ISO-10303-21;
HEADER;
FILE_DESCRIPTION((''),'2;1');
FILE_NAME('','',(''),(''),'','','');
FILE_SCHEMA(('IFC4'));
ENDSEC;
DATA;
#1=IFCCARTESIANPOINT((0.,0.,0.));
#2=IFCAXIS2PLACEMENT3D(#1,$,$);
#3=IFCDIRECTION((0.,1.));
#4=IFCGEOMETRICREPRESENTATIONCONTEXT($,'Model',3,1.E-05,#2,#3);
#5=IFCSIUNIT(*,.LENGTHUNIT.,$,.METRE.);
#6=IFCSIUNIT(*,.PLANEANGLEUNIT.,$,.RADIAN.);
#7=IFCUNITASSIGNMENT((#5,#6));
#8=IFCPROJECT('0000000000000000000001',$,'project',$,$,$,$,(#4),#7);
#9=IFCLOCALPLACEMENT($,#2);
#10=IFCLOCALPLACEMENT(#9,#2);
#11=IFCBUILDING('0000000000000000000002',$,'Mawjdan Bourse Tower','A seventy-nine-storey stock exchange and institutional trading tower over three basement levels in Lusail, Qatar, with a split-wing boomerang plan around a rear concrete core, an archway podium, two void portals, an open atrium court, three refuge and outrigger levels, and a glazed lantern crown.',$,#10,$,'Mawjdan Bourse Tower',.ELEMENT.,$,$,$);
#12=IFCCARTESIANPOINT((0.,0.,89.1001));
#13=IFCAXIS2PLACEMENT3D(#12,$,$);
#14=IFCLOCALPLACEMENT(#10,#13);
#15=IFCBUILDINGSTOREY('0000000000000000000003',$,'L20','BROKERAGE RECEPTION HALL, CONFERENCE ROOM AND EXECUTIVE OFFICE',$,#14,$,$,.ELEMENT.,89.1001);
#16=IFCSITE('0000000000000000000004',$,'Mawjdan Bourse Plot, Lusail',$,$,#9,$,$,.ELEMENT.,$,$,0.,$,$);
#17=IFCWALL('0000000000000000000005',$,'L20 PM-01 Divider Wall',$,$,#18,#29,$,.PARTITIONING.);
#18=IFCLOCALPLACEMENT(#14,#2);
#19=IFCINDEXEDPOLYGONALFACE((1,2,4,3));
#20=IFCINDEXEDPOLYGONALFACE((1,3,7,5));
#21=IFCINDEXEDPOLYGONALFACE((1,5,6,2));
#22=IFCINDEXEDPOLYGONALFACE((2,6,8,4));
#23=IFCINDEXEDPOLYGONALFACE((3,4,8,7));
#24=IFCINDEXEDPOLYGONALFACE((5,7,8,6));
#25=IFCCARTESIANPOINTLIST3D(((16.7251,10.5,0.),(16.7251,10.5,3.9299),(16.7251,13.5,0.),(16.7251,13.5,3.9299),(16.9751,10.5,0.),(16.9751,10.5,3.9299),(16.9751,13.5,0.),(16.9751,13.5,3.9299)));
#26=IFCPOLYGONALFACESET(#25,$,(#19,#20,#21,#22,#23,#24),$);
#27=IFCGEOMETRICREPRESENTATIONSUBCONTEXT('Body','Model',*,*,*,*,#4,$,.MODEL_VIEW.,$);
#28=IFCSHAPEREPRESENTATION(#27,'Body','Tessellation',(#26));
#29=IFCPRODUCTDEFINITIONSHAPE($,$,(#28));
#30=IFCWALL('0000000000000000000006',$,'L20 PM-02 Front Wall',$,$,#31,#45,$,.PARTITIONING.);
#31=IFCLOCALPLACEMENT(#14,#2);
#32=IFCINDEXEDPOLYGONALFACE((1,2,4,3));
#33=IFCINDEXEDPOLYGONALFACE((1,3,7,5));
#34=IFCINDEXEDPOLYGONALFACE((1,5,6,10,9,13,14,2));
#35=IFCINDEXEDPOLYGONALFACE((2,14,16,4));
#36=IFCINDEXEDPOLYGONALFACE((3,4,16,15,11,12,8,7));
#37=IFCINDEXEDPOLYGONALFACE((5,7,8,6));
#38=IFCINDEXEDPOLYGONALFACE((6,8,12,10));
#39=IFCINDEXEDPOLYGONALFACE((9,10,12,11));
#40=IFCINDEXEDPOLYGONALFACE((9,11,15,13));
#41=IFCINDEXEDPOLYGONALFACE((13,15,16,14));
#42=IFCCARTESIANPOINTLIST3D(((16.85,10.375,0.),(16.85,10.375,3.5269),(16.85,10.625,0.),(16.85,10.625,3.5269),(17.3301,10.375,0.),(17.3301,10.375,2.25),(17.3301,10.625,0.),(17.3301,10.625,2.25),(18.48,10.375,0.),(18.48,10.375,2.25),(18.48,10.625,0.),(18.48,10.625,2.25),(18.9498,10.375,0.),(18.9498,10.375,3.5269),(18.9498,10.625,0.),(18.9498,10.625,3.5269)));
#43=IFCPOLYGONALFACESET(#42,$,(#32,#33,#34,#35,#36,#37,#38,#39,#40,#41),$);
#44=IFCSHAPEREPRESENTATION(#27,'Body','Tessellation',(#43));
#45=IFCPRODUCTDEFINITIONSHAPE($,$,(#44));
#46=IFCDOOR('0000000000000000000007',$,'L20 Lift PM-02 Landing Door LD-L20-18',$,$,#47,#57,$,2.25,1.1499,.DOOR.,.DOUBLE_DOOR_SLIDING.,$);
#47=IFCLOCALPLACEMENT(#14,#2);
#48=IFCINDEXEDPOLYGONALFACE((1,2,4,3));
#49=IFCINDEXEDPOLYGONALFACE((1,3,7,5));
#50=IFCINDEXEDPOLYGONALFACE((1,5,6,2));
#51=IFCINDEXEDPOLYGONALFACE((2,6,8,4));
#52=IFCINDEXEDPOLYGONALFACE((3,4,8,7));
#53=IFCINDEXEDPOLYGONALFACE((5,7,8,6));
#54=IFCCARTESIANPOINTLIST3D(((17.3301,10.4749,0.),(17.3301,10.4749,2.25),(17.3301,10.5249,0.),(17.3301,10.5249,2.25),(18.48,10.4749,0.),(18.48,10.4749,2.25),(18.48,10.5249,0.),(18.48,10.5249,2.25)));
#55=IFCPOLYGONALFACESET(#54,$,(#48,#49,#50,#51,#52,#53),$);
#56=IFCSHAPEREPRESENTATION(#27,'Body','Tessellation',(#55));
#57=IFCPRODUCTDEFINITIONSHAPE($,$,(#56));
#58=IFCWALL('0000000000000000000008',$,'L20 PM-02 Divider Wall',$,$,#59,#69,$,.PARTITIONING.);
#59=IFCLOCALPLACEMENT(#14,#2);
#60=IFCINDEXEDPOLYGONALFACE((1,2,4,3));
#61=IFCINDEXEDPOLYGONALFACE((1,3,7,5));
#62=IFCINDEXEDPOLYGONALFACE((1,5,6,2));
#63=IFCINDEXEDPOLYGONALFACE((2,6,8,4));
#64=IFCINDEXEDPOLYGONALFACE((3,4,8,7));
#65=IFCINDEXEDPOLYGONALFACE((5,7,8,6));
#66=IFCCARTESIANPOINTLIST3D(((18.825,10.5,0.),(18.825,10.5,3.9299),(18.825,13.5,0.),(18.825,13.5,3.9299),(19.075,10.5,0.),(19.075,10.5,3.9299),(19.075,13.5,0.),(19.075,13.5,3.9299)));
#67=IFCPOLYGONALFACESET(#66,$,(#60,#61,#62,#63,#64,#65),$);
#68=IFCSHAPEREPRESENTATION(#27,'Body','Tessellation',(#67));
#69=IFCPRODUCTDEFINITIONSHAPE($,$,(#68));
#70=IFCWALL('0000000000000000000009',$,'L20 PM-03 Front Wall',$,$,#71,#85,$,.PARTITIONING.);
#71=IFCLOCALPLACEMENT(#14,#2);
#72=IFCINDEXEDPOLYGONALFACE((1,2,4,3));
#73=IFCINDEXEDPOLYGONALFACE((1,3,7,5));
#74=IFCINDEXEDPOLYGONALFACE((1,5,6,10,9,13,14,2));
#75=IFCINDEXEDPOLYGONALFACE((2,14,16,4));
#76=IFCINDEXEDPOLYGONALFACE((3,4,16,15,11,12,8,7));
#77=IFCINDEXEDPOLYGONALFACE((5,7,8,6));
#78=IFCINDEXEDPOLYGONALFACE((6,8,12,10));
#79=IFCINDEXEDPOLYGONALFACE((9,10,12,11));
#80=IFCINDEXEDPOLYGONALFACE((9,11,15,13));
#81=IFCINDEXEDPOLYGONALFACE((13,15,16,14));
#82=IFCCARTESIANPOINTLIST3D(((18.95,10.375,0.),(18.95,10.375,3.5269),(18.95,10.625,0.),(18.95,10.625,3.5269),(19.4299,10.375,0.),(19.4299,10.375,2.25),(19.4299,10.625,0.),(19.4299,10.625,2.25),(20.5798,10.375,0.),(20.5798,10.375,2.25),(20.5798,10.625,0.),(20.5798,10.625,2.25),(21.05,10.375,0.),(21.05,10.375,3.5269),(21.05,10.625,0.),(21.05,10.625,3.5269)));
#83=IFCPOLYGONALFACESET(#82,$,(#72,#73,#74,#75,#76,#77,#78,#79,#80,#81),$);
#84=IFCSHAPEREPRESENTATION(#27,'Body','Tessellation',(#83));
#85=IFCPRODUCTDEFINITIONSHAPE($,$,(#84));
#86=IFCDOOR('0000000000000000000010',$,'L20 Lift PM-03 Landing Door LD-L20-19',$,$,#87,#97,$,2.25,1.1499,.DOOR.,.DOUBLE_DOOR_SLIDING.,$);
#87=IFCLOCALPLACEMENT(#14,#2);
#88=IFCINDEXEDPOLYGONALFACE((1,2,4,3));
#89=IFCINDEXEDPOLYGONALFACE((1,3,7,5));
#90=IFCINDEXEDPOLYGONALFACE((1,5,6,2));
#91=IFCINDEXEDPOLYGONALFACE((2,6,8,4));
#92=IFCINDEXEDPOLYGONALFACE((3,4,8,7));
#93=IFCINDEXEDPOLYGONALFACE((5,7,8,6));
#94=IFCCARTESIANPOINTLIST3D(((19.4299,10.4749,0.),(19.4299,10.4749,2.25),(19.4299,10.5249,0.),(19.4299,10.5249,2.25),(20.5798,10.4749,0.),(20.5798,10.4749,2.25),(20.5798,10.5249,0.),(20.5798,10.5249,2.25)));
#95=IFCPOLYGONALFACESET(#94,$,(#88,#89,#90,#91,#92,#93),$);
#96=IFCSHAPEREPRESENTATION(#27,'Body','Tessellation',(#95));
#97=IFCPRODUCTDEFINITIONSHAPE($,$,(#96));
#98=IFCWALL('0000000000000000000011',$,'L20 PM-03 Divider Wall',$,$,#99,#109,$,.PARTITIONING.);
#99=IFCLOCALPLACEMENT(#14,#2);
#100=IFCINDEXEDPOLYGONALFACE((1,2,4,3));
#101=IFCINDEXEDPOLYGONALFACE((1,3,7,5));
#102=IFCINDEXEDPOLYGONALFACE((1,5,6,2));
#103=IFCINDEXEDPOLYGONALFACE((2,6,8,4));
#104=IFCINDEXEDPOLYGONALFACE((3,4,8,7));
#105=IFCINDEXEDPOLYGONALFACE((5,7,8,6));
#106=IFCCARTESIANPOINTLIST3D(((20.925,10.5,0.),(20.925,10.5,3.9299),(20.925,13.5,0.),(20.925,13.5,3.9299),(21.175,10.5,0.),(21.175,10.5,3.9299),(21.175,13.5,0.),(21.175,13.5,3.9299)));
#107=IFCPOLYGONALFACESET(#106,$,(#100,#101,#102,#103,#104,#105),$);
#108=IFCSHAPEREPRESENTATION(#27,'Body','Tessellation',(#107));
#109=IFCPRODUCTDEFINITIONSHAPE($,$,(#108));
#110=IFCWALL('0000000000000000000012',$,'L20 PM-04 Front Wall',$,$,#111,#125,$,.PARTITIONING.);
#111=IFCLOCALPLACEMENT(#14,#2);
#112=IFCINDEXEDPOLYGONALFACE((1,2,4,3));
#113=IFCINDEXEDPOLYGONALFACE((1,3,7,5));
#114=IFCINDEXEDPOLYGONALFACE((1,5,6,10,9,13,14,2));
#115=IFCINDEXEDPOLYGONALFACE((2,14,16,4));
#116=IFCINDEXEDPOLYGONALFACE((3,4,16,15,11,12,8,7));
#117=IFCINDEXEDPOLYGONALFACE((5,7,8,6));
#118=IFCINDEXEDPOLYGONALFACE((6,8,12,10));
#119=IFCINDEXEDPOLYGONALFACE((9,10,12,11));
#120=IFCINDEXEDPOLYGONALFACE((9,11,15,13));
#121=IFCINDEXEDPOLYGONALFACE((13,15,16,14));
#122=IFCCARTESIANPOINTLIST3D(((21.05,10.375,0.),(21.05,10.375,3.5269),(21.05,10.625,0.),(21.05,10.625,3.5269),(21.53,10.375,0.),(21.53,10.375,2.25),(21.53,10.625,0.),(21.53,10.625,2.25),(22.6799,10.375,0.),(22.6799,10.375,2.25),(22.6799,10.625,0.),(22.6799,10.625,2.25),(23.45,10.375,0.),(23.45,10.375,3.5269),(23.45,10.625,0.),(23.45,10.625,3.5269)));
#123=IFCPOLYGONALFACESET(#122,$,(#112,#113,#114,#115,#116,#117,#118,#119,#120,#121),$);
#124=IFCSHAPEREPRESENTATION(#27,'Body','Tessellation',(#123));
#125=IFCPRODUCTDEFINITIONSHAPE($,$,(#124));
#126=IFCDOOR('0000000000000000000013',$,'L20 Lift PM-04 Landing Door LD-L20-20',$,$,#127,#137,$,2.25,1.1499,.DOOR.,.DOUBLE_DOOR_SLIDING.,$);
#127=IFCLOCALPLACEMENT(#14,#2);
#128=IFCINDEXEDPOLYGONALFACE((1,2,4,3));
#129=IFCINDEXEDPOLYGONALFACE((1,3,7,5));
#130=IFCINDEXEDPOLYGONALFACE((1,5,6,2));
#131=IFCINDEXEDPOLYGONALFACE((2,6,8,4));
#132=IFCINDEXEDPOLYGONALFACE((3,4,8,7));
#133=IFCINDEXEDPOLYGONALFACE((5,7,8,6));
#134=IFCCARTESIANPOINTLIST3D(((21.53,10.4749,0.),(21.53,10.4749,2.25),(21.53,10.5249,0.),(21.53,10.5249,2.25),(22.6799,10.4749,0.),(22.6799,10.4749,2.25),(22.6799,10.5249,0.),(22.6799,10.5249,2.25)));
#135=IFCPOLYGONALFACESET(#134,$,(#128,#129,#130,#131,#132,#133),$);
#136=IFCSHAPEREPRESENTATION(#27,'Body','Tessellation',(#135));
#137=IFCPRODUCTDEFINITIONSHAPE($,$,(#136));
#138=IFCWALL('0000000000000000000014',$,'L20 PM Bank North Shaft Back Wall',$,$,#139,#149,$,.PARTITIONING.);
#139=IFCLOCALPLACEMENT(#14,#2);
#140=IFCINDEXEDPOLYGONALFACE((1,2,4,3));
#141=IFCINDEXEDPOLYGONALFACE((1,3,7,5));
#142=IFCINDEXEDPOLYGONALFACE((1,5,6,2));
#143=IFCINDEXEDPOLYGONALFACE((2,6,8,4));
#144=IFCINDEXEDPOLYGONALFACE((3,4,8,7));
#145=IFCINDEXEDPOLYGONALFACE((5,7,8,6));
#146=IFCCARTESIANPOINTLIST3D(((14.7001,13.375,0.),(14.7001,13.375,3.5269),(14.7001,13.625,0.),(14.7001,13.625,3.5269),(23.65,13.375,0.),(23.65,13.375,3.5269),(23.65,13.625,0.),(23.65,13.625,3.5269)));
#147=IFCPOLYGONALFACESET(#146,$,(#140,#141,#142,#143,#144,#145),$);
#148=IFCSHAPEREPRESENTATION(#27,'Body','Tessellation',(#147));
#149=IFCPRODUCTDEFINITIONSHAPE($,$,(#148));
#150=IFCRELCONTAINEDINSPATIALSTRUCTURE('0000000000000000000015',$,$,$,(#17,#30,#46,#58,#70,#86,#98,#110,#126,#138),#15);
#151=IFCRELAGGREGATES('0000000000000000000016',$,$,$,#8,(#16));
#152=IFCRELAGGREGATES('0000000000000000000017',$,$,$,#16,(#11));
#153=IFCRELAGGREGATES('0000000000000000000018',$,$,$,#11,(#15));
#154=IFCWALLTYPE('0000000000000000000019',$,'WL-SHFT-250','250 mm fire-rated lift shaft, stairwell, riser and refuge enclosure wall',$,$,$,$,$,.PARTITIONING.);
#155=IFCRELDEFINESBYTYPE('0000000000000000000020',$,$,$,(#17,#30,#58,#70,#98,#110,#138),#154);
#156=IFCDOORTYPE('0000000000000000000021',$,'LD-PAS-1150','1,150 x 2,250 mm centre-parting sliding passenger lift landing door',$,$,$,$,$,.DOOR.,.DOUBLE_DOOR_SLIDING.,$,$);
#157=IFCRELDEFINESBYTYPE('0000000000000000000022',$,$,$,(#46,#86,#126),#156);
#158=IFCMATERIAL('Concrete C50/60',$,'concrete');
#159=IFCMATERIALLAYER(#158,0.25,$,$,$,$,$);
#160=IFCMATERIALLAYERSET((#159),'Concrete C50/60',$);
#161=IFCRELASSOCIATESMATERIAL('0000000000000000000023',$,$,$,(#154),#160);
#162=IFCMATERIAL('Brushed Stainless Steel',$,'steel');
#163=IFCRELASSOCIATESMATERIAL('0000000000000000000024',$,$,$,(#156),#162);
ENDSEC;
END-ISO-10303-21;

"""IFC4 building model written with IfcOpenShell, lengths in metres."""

from ifc_helpers import new_model, si_unit, direction, frame, frame_2d, origin, place, context, subcontext, project, spatial, rectangle, extrude, material, layer, layer_set, type_object, element, fill, save


model = new_model("IFC4")

# Units and contexts
model_context = context("Model", 3, precision=1e-05, world=origin(), true_north=direction((0.0, 1.0)))
body_context = subcontext(model_context, "Body", "Model", "MODEL_VIEW")
ifc_project = project(units=[si_unit("LENGTHUNIT", "METRE"), si_unit("PLANEANGLEUNIT", "RADIAN")], contexts=[model_context])

# Site, building, storey
site_placement = place(None, origin())
site = spatial("IfcSite", under=ifc_project, at=site_placement, Name="Mawjdan Bourse Plot, Lusail", CompositionType="ELEMENT", RefElevation=0.0)
building_placement = place(site_placement, origin())
building = spatial("IfcBuilding", under=site, at=building_placement, Name="Mawjdan Bourse Tower", Description="A seventy-nine-storey stock exchange and institutional trading tower over three basement levels in Lusail, Qatar, with a split-wing boomerang plan around a rear concrete core, an archway podium, two void portals, an open atrium court, three refuge and outrigger levels, and a glazed lantern crown.", LongName="Mawjdan Bourse Tower", CompositionType="ELEMENT")
storey_placement = place(building_placement, frame((0.0, 0.0, 89.1001)))
storey = spatial("IfcBuildingStorey", under=building, at=storey_placement, Name="L20", Description="BROKERAGE RECEPTION HALL, CONFERENCE ROOM AND EXECUTIVE OFFICE", CompositionType="ELEMENT", Elevation=89.1001)

# Shared definitions
ifc_material_1 = material(Name="Concrete C50/60", Category="concrete")
ifc_layer_1 = layer(ifc_material_1, 0.25)
ifc_layer_set_1 = layer_set([ifc_layer_1], Name="Concrete C50/60")
wall_type_1 = type_object("IfcWallType", Name="WL-SHFT-250", Description="250 mm fire-rated lift shaft, stairwell, riser and refuge enclosure wall", PredefinedType="PARTITIONING", material=ifc_layer_set_1)

# Shared definitions
ifc_material_2 = material(Name="Brushed Stainless Steel", Category="steel")
door_type_1 = type_object("IfcDoorType", Name="LD-PAS-1150", Description="1,150 x 2,250 mm centre-parting sliding passenger lift landing door", OperationType="DOUBLE_DOOR_SLIDING", PredefinedType="DOOR", material=ifc_material_2)

# Wall
wall_1_placement = place(storey_placement, frame((16.8501, 10.5, 0.0), z_axis=(0.0, 0.0, 1.0), x_axis=(0.0, 1.0, 0.0)))
element("IfcWall", 1, at=wall_1_placement, inside=storey, type_object=wall_type_1, Name="L20 PM-01 Divider Wall", PredefinedType="PARTITIONING", context=body_context, shape_type="SweptSolid", body=[
    extrude(rectangle(XDim=3.0, YDim=0.25, at=frame_2d((1.5, 0.0))), origin(), (0.0, 0.0, 1.0), 3.9299),
])

# Wall, opening, door
wall_2_placement = place(storey_placement, frame((16.8501, 10.5, 0.0), z_axis=(0.0, 0.0, 1.0), x_axis=(1.0, 0.0, 0.0)))
wall_2 = element("IfcWall", 2, at=wall_2_placement, inside=storey, type_object=wall_type_1, Name="L20 PM-02 Front Wall", PredefinedType="PARTITIONING", context=body_context, shape_type="SweptSolid", body=[
    extrude(rectangle(XDim=2.0999, YDim=0.25, at=frame_2d((1.0498, 0.0))), origin(), (0.0, 0.0, 1.0), 3.5269),
])
opening_1_placement = place(wall_2_placement, frame((0.48, 0.0, 0.0)))
opening_1 = element("IfcOpeningElement", 3, at=opening_1_placement, cuts=wall_2, PredefinedType="OPENING", context=body_context, shape_type="SweptSolid", body=[
    extrude(rectangle(XDim=1.1499, YDim=2.25, at=frame_2d((0.575, 1.125))), frame((0.0, 0.135, 0.0), z_axis=(0.0, -1.0, 0.0), x_axis=(1.0, 0.0, 0.0)), (0.0, 0.0, 1.0), 0.27),
])
door_1_placement = place(opening_1_placement, origin())
door_1 = element("IfcDoor", 4, at=door_1_placement, inside=storey, type_object=door_type_1, Name="L20 Lift PM-02 Landing Door LD-L20-18", OperationType="DOUBLE_DOOR_SLIDING", OverallHeight=2.25, OverallWidth=1.1499, PredefinedType="DOOR", context=body_context, shape_type="SweptSolid", body=[
    extrude(rectangle(XDim=1.1499, YDim=2.25, at=frame_2d((0.575, 1.125))), frame((0.0, 0.0249, 0.0), z_axis=(0.0, -1.0, 0.0), x_axis=(1.0, 0.0, 0.0)), (0.0, 0.0, 1.0), 0.05),
])
fill(opening_1, door_1)

# Wall
wall_3_placement = place(storey_placement, frame((18.95, 10.5, 0.0), z_axis=(0.0, 0.0, 1.0), x_axis=(0.0, 1.0, 0.0)))
element("IfcWall", 5, at=wall_3_placement, inside=storey, type_object=wall_type_1, Name="L20 PM-02 Divider Wall", PredefinedType="PARTITIONING", context=body_context, shape_type="SweptSolid", body=[
    extrude(rectangle(XDim=3.0, YDim=0.25, at=frame_2d((1.5, 0.0))), origin(), (0.0, 0.0, 1.0), 3.9299),
])

# Wall, opening, door
wall_4_placement = place(storey_placement, frame((18.95, 10.5, 0.0), z_axis=(0.0, 0.0, 1.0), x_axis=(1.0, 0.0, 0.0)))
wall_4 = element("IfcWall", 6, at=wall_4_placement, inside=storey, type_object=wall_type_1, Name="L20 PM-03 Front Wall", PredefinedType="PARTITIONING", context=body_context, shape_type="SweptSolid", body=[
    extrude(rectangle(XDim=2.1001, YDim=0.25, at=frame_2d((1.05, 0.0))), origin(), (0.0, 0.0, 1.0), 3.5269),
])
opening_2_placement = place(wall_4_placement, frame((0.48, 0.0, 0.0)))
opening_2 = element("IfcOpeningElement", 7, at=opening_2_placement, cuts=wall_4, PredefinedType="OPENING", context=body_context, shape_type="SweptSolid", body=[
    extrude(rectangle(XDim=1.1499, YDim=2.25, at=frame_2d((0.575, 1.125))), frame((0.0, 0.135, 0.0), z_axis=(0.0, -1.0, 0.0), x_axis=(1.0, 0.0, 0.0)), (0.0, 0.0, 1.0), 0.27),
])
door_2_placement = place(opening_2_placement, origin())
door_2 = element("IfcDoor", 8, at=door_2_placement, inside=storey, type_object=door_type_1, Name="L20 Lift PM-03 Landing Door LD-L20-19", OperationType="DOUBLE_DOOR_SLIDING", OverallHeight=2.25, OverallWidth=1.1499, PredefinedType="DOOR", context=body_context, shape_type="SweptSolid", body=[
    extrude(rectangle(XDim=1.1499, YDim=2.25, at=frame_2d((0.575, 1.125))), frame((0.0, 0.0249, 0.0), z_axis=(0.0, -1.0, 0.0), x_axis=(1.0, 0.0, 0.0)), (0.0, 0.0, 1.0), 0.05),
])
fill(opening_2, door_2)

# Wall
wall_5_placement = place(storey_placement, frame((21.05, 10.5, 0.0), z_axis=(0.0, 0.0, 1.0), x_axis=(0.0, 1.0, 0.0)))
element("IfcWall", 9, at=wall_5_placement, inside=storey, type_object=wall_type_1, Name="L20 PM-03 Divider Wall", PredefinedType="PARTITIONING", context=body_context, shape_type="SweptSolid", body=[
    extrude(rectangle(XDim=3.0, YDim=0.25, at=frame_2d((1.5, 0.0))), origin(), (0.0, 0.0, 1.0), 3.9299),
])

# Wall, opening, door
wall_6_placement = place(storey_placement, frame((21.05, 10.5, 0.0), z_axis=(0.0, 0.0, 1.0), x_axis=(1.0, 0.0, 0.0)))
wall_6 = element("IfcWall", 10, at=wall_6_placement, inside=storey, type_object=wall_type_1, Name="L20 PM-04 Front Wall", PredefinedType="PARTITIONING", context=body_context, shape_type="SweptSolid", body=[
    extrude(rectangle(XDim=2.3999, YDim=0.25, at=frame_2d((1.2, 0.0))), origin(), (0.0, 0.0, 1.0), 3.5269),
])
opening_3_placement = place(wall_6_placement, frame((0.48, 0.0, 0.0)))
opening_3 = element("IfcOpeningElement", 11, at=opening_3_placement, cuts=wall_6, PredefinedType="OPENING", context=body_context, shape_type="SweptSolid", body=[
    extrude(rectangle(XDim=1.1499, YDim=2.25, at=frame_2d((0.575, 1.125))), frame((0.0, 0.135, 0.0), z_axis=(0.0, -1.0, 0.0), x_axis=(1.0, 0.0, 0.0)), (0.0, 0.0, 1.0), 0.27),
])
door_3_placement = place(opening_3_placement, origin())
door_3 = element("IfcDoor", 12, at=door_3_placement, inside=storey, type_object=door_type_1, Name="L20 Lift PM-04 Landing Door LD-L20-20", OperationType="DOUBLE_DOOR_SLIDING", OverallHeight=2.25, OverallWidth=1.1499, PredefinedType="DOOR", context=body_context, shape_type="SweptSolid", body=[
    extrude(rectangle(XDim=1.1499, YDim=2.25, at=frame_2d((0.575, 1.125))), frame((0.0, 0.0249, 0.0), z_axis=(0.0, -1.0, 0.0), x_axis=(1.0, 0.0, 0.0)), (0.0, 0.0, 1.0), 0.05),
])
fill(opening_3, door_3)

# Wall
wall_7_placement = place(storey_placement, frame((14.7, 13.5, 0.0), z_axis=(0.0, 0.0, 1.0), x_axis=(1.0, 0.0, 0.0)))
element("IfcWall", 13, at=wall_7_placement, inside=storey, type_object=wall_type_1, Name="L20 PM Bank North Shaft Back Wall", PredefinedType="PARTITIONING", context=body_context, shape_type="SweptSolid", body=[
    extrude(rectangle(XDim=8.95, YDim=0.25, at=frame_2d((4.4751, 0.0))), origin(), (0.0, 0.0, 1.0), 3.5269),
])

save(model, "model.ifc")
